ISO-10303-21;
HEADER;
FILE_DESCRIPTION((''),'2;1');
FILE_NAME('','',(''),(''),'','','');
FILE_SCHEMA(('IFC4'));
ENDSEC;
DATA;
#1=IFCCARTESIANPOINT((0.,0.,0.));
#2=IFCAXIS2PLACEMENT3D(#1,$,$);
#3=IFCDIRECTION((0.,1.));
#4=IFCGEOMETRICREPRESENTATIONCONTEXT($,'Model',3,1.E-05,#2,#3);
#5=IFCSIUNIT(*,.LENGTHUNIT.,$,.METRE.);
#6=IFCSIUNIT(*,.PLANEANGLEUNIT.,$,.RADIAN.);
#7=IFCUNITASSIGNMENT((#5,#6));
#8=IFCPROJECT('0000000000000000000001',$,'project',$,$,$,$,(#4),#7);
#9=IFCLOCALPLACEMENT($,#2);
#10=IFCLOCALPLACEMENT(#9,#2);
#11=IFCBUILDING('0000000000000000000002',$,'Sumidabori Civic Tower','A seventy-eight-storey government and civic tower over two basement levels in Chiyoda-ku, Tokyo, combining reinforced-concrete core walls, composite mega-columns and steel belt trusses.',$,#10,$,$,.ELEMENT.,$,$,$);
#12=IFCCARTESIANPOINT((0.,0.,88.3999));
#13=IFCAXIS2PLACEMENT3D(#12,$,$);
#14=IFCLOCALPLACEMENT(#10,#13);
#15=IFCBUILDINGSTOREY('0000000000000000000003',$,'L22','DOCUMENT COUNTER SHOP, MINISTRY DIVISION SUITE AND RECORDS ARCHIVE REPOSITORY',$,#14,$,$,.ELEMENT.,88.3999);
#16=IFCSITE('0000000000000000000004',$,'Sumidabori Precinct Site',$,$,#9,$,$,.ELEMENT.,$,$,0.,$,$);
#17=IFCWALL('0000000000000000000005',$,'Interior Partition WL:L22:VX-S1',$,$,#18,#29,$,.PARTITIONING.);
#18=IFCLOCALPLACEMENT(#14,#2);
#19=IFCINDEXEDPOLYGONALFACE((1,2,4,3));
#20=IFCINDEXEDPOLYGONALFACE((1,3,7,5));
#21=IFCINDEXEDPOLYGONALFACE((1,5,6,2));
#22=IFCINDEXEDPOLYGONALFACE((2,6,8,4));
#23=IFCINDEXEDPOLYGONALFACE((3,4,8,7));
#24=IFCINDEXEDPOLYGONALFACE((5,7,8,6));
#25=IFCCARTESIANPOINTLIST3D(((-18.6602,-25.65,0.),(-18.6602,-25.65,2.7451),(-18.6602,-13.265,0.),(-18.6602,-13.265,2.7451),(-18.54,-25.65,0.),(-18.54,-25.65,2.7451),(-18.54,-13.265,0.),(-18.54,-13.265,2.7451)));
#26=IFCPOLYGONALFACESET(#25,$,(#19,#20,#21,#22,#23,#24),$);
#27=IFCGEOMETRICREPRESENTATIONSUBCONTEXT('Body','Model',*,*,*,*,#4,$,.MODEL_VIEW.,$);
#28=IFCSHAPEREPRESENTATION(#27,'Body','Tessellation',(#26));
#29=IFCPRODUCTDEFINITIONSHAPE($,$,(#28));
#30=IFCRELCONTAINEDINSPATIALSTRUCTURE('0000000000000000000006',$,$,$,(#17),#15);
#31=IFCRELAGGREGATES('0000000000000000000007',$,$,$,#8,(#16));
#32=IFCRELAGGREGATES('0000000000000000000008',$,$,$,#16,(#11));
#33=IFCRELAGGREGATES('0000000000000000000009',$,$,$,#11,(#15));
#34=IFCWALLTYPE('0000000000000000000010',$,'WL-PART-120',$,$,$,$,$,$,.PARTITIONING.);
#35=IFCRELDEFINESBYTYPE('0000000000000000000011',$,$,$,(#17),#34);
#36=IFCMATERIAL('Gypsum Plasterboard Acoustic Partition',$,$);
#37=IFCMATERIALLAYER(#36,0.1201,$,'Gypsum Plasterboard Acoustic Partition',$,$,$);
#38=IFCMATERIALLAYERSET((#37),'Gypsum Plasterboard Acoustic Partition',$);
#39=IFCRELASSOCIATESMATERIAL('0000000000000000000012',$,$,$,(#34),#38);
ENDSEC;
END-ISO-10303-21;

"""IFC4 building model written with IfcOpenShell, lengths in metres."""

from ifc_helpers import new_model, si_unit, direction, frame, frame_2d, origin, place, context, subcontext, project, spatial, rectangle, extrude, source, transform, mapped, material, layer, layer_set, type_object, element, save


model = new_model("IFC4")

# Units and contexts
model_context = context("Model", 3, precision=1e-05, world=origin(), true_north=direction((0.0, 1.0)))
body_context = subcontext(model_context, "Body", "Model", "MODEL_VIEW")
ifc_project = project(units=[si_unit("LENGTHUNIT", "METRE"), si_unit("PLANEANGLEUNIT", "RADIAN")], contexts=[model_context])

# Site, building, storey
site_placement = place(None, origin())
site = spatial("IfcSite", under=ifc_project, at=site_placement, Name="Sumidabori Precinct Site", CompositionType="ELEMENT", RefElevation=0.0)
building_placement = place(site_placement, origin())
building = spatial("IfcBuilding", under=site, at=building_placement, Name="Sumidabori Civic Tower", Description="A seventy-eight-storey government and civic tower over two basement levels in Chiyoda-ku, Tokyo, combining reinforced-concrete core walls, composite mega-columns and steel belt trusses.", CompositionType="ELEMENT")
storey_placement = place(building_placement, frame((0.0, 0.0, 88.3999)))
storey = spatial("IfcBuildingStorey", under=building, at=storey_placement, Name="L22", Description="DOCUMENT COUNTER SHOP, MINISTRY DIVISION SUITE AND RECORDS ARCHIVE REPOSITORY", CompositionType="ELEMENT", Elevation=88.3999)

# Shared definitions
ifc_material_1 = material(Name="Gypsum Plasterboard Acoustic Partition")
ifc_layer_1 = layer(ifc_material_1, 0.1201, Name="Gypsum Plasterboard Acoustic Partition")
ifc_layer_set_1 = layer_set([ifc_layer_1], Name="Gypsum Plasterboard Acoustic Partition")
wall_type_1 = type_object("IfcWallType", Name="WL-PART-120", PredefinedType="PARTITIONING", material=ifc_layer_set_1)

# Wall
shared_shape_1 = source(origin(), body_context, "Body", "SweptSolid", [
    extrude(rectangle(XDim=12.385, YDim=0.1201, at=frame_2d((6.1924, 0.0))), origin(), (0.0, 0.0, 1.0), 2.7451),
])
wall_1_placement = place(storey_placement, frame((-18.6001, -25.6499, 0.0), z_axis=(0.0, 0.0, 1.0), x_axis=(0.0, 1.0, 0.0)))
element("IfcWall", 1, at=wall_1_placement, inside=storey, type_object=wall_type_1, Name="Interior Partition WL:L22:VX-S1", PredefinedType="PARTITIONING", context=body_context, shape_type="MappedRepresentation", body=[
    mapped(shared_shape_1, transform((0.0, 0.0, 0.0), x_axis=(1.0, 0.0, 0.0), y_axis=(0.0, 1.0, 0.0), z_axis=(0.0, 0.0, 1.0), scale=1.0)),
])

save(model, "model.ifc")
